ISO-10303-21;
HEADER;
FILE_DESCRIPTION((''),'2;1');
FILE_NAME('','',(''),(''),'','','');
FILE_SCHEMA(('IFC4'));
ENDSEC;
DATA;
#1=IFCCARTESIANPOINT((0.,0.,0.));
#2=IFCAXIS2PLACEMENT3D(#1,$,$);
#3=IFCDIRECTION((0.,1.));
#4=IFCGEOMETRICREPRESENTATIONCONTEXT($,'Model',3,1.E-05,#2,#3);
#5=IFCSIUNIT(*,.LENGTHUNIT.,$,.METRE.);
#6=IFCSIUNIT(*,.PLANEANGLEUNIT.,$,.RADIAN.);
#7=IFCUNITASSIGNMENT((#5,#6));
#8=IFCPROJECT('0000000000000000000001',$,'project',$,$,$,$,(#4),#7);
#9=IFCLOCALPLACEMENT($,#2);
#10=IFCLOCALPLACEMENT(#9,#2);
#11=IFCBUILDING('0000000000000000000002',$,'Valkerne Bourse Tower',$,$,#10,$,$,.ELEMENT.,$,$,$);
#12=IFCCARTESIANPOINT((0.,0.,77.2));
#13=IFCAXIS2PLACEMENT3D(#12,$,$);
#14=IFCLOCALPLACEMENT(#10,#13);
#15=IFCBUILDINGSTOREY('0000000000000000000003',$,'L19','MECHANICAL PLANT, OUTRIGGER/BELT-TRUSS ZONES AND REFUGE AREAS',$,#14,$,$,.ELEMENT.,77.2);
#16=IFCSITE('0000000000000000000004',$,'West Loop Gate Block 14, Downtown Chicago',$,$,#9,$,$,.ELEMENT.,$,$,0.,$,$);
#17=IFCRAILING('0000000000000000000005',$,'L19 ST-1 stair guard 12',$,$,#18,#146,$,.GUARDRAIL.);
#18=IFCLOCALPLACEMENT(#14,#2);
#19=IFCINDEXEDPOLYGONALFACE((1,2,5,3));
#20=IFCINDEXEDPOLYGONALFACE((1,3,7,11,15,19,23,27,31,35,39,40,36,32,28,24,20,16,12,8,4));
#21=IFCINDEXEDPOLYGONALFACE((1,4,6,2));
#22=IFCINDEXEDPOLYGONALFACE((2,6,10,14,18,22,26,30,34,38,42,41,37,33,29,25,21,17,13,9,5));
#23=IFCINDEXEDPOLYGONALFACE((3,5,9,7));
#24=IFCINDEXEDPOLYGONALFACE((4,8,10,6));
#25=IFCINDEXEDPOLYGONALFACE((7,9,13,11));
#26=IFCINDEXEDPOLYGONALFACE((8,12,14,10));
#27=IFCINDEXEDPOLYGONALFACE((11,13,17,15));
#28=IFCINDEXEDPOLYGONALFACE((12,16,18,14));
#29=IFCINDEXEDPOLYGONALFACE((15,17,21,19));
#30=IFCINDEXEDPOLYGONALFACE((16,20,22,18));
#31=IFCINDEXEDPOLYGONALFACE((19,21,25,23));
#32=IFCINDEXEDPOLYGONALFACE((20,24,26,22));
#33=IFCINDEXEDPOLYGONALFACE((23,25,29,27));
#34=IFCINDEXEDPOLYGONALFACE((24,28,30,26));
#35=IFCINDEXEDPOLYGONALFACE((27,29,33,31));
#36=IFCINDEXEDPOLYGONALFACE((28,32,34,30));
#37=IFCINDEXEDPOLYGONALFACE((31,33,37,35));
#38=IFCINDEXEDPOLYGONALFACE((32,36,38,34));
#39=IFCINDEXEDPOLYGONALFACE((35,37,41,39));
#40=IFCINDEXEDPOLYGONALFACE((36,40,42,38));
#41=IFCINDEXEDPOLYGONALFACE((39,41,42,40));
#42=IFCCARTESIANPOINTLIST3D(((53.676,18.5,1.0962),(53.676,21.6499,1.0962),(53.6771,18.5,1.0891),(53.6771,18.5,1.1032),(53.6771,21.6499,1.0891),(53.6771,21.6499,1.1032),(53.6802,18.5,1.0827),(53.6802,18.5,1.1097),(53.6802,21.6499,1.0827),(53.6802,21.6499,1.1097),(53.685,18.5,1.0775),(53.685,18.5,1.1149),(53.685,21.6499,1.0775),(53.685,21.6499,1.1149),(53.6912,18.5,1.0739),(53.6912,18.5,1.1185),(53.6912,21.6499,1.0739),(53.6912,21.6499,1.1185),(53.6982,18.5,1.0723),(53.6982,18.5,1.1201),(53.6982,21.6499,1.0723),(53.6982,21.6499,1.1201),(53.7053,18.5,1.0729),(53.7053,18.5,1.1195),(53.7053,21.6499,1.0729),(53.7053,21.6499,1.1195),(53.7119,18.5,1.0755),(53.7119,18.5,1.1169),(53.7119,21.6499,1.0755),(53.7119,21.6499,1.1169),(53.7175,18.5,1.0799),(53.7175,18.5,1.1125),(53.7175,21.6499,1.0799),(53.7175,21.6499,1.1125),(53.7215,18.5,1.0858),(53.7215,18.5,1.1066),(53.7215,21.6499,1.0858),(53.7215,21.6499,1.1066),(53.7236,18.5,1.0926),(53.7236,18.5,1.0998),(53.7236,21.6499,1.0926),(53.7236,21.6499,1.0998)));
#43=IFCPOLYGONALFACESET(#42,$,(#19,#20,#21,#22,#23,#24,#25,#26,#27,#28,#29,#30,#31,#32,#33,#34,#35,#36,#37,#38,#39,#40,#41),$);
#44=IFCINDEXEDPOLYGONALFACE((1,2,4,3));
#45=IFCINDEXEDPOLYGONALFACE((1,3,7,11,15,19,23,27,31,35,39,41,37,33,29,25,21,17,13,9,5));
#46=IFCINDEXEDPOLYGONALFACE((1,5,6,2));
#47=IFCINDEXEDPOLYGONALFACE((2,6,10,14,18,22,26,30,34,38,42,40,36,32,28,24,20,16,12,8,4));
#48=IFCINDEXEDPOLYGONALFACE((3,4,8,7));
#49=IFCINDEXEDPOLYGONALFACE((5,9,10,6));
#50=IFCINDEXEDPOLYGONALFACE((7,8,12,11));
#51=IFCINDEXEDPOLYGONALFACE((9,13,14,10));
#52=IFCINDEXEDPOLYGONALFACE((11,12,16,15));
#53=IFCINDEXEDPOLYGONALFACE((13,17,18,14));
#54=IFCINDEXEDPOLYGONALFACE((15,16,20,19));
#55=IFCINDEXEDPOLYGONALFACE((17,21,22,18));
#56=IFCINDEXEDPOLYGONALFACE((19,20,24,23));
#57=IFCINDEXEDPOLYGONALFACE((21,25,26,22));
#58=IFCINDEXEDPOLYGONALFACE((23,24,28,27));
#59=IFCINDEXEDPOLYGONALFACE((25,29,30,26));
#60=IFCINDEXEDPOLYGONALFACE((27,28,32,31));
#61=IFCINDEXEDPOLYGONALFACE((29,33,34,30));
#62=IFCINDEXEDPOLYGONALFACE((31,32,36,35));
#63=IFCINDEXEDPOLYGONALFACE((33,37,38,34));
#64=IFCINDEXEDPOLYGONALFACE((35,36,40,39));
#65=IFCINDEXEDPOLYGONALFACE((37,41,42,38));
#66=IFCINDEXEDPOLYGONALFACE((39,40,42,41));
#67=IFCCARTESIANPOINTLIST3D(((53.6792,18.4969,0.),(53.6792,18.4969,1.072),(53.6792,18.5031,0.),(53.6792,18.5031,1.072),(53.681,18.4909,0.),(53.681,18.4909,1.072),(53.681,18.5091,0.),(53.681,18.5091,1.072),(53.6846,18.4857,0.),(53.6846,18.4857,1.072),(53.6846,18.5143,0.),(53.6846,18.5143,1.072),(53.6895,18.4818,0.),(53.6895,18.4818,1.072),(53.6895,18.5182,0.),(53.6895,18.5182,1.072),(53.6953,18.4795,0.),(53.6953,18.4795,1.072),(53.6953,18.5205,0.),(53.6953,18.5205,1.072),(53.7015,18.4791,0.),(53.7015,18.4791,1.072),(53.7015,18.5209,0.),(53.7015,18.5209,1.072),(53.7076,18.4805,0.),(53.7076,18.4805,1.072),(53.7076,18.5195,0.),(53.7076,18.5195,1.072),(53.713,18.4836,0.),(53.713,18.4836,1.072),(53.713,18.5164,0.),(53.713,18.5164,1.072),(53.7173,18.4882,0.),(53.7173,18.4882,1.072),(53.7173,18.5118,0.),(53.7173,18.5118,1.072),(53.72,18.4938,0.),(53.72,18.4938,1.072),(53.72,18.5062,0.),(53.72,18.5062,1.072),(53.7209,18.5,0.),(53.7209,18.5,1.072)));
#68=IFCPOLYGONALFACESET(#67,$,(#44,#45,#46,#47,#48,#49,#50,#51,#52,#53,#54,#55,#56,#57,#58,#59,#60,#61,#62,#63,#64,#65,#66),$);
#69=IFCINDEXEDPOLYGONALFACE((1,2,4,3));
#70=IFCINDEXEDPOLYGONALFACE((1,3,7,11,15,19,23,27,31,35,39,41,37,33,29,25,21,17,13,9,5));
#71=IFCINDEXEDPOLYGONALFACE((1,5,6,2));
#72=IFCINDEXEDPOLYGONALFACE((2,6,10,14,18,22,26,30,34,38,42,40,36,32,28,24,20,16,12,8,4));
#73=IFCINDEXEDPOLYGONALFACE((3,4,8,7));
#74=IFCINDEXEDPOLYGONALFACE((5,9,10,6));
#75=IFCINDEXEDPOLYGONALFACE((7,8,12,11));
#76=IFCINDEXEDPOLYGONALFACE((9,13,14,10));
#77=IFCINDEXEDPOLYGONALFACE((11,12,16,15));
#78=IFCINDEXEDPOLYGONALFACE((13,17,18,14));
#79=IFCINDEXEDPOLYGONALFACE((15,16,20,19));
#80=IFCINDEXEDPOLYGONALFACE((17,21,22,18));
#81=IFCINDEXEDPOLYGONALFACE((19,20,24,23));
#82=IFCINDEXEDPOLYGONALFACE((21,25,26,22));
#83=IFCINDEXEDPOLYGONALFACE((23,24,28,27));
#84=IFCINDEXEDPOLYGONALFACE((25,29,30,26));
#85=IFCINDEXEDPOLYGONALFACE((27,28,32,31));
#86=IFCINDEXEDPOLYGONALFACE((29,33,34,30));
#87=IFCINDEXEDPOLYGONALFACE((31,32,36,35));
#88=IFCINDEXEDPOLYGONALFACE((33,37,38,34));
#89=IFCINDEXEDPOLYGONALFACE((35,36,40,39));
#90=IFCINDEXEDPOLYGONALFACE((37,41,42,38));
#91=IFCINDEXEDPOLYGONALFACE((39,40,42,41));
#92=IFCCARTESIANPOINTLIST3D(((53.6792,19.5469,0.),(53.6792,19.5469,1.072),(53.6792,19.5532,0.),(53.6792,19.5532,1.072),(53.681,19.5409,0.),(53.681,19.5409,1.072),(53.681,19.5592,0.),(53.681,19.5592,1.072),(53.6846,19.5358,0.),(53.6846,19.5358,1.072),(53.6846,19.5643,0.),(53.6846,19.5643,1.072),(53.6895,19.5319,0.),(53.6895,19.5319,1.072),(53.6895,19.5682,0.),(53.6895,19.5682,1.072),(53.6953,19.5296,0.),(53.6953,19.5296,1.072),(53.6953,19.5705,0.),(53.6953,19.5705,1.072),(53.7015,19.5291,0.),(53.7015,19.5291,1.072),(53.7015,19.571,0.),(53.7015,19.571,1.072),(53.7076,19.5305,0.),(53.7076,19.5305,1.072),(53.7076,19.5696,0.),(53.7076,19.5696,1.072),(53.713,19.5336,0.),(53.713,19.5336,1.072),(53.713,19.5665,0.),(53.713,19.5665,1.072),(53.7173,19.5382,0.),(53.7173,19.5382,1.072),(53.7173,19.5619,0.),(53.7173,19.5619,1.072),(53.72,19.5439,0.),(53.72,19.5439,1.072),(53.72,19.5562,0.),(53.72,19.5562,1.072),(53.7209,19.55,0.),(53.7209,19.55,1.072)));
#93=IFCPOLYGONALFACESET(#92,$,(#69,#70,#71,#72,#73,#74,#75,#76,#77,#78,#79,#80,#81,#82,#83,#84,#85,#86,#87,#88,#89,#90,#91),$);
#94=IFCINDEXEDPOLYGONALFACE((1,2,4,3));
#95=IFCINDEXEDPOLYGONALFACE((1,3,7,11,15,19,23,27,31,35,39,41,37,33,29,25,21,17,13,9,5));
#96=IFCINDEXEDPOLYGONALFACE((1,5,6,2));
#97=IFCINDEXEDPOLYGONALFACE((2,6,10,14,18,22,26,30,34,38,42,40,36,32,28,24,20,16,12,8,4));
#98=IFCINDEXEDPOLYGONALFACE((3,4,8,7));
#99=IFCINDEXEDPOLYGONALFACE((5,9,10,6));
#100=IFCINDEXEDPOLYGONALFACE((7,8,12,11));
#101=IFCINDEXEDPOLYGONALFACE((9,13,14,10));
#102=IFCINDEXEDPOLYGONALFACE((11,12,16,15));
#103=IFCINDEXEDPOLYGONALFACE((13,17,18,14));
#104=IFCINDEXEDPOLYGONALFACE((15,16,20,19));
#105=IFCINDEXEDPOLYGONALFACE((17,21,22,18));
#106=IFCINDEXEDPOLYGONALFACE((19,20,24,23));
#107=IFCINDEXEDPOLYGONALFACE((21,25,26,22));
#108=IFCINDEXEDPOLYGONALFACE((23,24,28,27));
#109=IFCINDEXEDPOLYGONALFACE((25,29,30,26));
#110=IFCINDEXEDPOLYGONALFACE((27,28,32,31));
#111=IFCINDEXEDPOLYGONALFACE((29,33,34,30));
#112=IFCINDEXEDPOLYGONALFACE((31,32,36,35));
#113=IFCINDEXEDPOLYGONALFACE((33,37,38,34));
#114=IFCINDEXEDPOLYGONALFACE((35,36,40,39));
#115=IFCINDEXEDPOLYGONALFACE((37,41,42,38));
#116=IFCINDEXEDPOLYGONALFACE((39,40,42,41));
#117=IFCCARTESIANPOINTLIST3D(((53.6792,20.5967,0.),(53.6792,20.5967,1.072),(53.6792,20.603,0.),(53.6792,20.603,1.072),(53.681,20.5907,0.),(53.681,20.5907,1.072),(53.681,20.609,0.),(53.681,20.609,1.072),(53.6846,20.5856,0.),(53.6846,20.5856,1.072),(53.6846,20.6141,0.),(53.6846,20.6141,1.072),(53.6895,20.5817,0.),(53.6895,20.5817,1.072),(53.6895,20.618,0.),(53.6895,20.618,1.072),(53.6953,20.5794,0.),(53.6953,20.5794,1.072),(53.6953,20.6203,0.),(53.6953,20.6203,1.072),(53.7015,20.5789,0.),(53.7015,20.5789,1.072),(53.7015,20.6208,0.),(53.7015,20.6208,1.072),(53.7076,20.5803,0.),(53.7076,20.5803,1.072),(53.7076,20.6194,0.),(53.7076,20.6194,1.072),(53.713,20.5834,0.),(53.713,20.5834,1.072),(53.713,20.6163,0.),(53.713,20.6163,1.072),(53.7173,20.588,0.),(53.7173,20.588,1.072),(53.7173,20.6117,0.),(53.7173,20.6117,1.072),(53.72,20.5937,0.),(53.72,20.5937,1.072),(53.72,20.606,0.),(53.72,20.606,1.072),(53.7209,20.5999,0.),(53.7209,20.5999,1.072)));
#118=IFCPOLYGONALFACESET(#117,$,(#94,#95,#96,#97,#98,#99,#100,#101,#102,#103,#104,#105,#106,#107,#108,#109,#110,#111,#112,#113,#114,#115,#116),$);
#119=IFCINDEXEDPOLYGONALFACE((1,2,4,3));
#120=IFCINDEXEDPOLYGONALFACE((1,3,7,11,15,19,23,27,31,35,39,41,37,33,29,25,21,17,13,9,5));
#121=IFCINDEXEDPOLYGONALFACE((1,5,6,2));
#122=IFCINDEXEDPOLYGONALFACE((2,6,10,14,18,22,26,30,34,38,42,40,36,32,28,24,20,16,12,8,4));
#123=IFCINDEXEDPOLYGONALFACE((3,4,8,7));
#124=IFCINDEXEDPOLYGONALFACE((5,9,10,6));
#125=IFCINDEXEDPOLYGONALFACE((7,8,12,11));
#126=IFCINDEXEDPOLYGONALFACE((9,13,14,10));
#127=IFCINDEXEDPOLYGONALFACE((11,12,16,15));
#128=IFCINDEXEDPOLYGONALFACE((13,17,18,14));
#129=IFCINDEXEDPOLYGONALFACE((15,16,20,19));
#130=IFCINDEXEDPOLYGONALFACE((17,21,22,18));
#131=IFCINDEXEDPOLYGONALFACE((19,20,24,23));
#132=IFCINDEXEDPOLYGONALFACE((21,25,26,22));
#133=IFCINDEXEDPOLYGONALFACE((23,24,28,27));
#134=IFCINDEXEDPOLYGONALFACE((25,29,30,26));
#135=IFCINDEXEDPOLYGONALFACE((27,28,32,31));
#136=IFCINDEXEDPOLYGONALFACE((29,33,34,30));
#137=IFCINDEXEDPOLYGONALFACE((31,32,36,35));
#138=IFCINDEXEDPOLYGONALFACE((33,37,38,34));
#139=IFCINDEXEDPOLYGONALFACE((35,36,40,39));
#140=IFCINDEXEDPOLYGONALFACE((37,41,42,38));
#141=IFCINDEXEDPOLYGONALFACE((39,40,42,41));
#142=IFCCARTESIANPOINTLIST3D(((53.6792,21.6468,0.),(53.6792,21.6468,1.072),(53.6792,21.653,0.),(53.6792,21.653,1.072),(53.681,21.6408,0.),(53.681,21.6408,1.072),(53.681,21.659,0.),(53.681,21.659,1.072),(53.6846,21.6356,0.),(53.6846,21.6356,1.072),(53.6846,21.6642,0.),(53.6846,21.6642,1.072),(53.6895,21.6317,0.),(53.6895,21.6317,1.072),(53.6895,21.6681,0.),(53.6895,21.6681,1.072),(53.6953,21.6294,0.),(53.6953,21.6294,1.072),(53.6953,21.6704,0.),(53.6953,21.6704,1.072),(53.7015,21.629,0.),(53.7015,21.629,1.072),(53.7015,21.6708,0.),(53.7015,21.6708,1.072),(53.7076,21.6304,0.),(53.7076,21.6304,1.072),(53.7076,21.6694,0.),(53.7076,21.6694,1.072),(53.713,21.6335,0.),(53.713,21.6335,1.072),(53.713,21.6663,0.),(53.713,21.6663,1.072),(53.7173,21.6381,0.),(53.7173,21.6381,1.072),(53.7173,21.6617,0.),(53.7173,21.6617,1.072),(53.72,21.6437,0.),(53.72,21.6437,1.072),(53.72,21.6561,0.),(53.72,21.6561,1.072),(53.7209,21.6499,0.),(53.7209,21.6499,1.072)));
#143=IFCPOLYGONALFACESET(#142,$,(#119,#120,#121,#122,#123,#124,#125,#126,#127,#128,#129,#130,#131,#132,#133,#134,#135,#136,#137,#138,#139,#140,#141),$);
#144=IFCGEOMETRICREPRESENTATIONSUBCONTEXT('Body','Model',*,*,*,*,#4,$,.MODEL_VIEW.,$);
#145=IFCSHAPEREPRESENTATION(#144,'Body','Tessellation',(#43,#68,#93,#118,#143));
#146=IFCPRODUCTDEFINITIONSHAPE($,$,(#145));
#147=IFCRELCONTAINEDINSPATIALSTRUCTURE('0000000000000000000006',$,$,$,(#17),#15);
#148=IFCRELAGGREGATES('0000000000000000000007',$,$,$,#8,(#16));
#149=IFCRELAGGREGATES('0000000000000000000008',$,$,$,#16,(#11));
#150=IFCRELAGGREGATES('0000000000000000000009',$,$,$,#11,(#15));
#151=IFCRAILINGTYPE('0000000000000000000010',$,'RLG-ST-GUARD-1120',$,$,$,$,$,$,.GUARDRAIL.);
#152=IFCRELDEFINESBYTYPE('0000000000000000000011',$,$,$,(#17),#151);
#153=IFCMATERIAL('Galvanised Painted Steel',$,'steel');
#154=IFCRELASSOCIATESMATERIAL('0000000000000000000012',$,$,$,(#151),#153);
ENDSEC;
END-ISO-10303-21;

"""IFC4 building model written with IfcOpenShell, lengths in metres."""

from ifc_helpers import new_model, si_unit, direction, frame, origin, origin_2d, place, context, subcontext, project, spatial, circle, extrude, material, type_object, element, save


model = new_model("IFC4")

# Units and contexts
model_context = context("Model", 3, precision=1e-05, world=origin(), true_north=direction((0.0, 1.0)))
body_context = subcontext(model_context, "Body", "Model", "MODEL_VIEW")
ifc_project = project(units=[si_unit("LENGTHUNIT", "METRE"), si_unit("PLANEANGLEUNIT", "RADIAN")], contexts=[model_context])

# Site, building, storey
site_placement = place(None, origin())
site = spatial("IfcSite", under=ifc_project, at=site_placement, Name="West Loop Gate Block 14, Downtown Chicago", CompositionType="ELEMENT", RefElevation=0.0)
building_placement = place(site_placement, origin())
building = spatial("IfcBuilding", under=site, at=building_placement, Name="Valkerne Bourse Tower", CompositionType="ELEMENT")
storey_placement = place(building_placement, frame((0.0, 0.0, 77.2)))
storey = spatial("IfcBuildingStorey", under=building, at=storey_placement, Name="L19", Description="MECHANICAL PLANT, OUTRIGGER/BELT-TRUSS ZONES AND REFUGE AREAS", CompositionType="ELEMENT", Elevation=77.2)

# Shared definitions
ifc_material_1 = material(Name="Galvanised Painted Steel", Category="steel")

# Railing
railing_type_1 = type_object("IfcRailingType", Name="RLG-ST-GUARD-1120", PredefinedType="GUARDRAIL", material=ifc_material_1)
railing_1_placement = place(storey_placement, frame((53.7, 18.5, 0.0)))
element("IfcRailing", 1, at=railing_1_placement, inside=storey, type_object=railing_type_1, Name="L19 ST-1 stair guard 12", PredefinedType="GUARDRAIL", context=body_context, shape_type="SweptSolid", body=[
    extrude(circle(Radius=0.0239, at=origin_2d()), frame((0.0, 0.0, 1.0962), z_axis=(0.0, 1.0, 0.0), x_axis=(-1.0, 0.0, 0.0)), (0.0, 0.0, 1.0), 3.1499),
    extrude(circle(Radius=0.021, at=origin_2d()), origin(), (0.0, 0.0, 1.0), 1.072),
    extrude(circle(Radius=0.021, at=origin_2d()), frame((0.0, 1.05, 0.0)), (0.0, 0.0, 1.0), 1.072),
    extrude(circle(Radius=0.021, at=origin_2d()), frame((0.0, 2.0999, 0.0)), (0.0, 0.0, 1.0), 1.072),
    extrude(circle(Radius=0.021, at=origin_2d()), frame((0.0, 3.1499, 0.0)), (0.0, 0.0, 1.0), 1.072),
])

save(model, "model.ifc")
